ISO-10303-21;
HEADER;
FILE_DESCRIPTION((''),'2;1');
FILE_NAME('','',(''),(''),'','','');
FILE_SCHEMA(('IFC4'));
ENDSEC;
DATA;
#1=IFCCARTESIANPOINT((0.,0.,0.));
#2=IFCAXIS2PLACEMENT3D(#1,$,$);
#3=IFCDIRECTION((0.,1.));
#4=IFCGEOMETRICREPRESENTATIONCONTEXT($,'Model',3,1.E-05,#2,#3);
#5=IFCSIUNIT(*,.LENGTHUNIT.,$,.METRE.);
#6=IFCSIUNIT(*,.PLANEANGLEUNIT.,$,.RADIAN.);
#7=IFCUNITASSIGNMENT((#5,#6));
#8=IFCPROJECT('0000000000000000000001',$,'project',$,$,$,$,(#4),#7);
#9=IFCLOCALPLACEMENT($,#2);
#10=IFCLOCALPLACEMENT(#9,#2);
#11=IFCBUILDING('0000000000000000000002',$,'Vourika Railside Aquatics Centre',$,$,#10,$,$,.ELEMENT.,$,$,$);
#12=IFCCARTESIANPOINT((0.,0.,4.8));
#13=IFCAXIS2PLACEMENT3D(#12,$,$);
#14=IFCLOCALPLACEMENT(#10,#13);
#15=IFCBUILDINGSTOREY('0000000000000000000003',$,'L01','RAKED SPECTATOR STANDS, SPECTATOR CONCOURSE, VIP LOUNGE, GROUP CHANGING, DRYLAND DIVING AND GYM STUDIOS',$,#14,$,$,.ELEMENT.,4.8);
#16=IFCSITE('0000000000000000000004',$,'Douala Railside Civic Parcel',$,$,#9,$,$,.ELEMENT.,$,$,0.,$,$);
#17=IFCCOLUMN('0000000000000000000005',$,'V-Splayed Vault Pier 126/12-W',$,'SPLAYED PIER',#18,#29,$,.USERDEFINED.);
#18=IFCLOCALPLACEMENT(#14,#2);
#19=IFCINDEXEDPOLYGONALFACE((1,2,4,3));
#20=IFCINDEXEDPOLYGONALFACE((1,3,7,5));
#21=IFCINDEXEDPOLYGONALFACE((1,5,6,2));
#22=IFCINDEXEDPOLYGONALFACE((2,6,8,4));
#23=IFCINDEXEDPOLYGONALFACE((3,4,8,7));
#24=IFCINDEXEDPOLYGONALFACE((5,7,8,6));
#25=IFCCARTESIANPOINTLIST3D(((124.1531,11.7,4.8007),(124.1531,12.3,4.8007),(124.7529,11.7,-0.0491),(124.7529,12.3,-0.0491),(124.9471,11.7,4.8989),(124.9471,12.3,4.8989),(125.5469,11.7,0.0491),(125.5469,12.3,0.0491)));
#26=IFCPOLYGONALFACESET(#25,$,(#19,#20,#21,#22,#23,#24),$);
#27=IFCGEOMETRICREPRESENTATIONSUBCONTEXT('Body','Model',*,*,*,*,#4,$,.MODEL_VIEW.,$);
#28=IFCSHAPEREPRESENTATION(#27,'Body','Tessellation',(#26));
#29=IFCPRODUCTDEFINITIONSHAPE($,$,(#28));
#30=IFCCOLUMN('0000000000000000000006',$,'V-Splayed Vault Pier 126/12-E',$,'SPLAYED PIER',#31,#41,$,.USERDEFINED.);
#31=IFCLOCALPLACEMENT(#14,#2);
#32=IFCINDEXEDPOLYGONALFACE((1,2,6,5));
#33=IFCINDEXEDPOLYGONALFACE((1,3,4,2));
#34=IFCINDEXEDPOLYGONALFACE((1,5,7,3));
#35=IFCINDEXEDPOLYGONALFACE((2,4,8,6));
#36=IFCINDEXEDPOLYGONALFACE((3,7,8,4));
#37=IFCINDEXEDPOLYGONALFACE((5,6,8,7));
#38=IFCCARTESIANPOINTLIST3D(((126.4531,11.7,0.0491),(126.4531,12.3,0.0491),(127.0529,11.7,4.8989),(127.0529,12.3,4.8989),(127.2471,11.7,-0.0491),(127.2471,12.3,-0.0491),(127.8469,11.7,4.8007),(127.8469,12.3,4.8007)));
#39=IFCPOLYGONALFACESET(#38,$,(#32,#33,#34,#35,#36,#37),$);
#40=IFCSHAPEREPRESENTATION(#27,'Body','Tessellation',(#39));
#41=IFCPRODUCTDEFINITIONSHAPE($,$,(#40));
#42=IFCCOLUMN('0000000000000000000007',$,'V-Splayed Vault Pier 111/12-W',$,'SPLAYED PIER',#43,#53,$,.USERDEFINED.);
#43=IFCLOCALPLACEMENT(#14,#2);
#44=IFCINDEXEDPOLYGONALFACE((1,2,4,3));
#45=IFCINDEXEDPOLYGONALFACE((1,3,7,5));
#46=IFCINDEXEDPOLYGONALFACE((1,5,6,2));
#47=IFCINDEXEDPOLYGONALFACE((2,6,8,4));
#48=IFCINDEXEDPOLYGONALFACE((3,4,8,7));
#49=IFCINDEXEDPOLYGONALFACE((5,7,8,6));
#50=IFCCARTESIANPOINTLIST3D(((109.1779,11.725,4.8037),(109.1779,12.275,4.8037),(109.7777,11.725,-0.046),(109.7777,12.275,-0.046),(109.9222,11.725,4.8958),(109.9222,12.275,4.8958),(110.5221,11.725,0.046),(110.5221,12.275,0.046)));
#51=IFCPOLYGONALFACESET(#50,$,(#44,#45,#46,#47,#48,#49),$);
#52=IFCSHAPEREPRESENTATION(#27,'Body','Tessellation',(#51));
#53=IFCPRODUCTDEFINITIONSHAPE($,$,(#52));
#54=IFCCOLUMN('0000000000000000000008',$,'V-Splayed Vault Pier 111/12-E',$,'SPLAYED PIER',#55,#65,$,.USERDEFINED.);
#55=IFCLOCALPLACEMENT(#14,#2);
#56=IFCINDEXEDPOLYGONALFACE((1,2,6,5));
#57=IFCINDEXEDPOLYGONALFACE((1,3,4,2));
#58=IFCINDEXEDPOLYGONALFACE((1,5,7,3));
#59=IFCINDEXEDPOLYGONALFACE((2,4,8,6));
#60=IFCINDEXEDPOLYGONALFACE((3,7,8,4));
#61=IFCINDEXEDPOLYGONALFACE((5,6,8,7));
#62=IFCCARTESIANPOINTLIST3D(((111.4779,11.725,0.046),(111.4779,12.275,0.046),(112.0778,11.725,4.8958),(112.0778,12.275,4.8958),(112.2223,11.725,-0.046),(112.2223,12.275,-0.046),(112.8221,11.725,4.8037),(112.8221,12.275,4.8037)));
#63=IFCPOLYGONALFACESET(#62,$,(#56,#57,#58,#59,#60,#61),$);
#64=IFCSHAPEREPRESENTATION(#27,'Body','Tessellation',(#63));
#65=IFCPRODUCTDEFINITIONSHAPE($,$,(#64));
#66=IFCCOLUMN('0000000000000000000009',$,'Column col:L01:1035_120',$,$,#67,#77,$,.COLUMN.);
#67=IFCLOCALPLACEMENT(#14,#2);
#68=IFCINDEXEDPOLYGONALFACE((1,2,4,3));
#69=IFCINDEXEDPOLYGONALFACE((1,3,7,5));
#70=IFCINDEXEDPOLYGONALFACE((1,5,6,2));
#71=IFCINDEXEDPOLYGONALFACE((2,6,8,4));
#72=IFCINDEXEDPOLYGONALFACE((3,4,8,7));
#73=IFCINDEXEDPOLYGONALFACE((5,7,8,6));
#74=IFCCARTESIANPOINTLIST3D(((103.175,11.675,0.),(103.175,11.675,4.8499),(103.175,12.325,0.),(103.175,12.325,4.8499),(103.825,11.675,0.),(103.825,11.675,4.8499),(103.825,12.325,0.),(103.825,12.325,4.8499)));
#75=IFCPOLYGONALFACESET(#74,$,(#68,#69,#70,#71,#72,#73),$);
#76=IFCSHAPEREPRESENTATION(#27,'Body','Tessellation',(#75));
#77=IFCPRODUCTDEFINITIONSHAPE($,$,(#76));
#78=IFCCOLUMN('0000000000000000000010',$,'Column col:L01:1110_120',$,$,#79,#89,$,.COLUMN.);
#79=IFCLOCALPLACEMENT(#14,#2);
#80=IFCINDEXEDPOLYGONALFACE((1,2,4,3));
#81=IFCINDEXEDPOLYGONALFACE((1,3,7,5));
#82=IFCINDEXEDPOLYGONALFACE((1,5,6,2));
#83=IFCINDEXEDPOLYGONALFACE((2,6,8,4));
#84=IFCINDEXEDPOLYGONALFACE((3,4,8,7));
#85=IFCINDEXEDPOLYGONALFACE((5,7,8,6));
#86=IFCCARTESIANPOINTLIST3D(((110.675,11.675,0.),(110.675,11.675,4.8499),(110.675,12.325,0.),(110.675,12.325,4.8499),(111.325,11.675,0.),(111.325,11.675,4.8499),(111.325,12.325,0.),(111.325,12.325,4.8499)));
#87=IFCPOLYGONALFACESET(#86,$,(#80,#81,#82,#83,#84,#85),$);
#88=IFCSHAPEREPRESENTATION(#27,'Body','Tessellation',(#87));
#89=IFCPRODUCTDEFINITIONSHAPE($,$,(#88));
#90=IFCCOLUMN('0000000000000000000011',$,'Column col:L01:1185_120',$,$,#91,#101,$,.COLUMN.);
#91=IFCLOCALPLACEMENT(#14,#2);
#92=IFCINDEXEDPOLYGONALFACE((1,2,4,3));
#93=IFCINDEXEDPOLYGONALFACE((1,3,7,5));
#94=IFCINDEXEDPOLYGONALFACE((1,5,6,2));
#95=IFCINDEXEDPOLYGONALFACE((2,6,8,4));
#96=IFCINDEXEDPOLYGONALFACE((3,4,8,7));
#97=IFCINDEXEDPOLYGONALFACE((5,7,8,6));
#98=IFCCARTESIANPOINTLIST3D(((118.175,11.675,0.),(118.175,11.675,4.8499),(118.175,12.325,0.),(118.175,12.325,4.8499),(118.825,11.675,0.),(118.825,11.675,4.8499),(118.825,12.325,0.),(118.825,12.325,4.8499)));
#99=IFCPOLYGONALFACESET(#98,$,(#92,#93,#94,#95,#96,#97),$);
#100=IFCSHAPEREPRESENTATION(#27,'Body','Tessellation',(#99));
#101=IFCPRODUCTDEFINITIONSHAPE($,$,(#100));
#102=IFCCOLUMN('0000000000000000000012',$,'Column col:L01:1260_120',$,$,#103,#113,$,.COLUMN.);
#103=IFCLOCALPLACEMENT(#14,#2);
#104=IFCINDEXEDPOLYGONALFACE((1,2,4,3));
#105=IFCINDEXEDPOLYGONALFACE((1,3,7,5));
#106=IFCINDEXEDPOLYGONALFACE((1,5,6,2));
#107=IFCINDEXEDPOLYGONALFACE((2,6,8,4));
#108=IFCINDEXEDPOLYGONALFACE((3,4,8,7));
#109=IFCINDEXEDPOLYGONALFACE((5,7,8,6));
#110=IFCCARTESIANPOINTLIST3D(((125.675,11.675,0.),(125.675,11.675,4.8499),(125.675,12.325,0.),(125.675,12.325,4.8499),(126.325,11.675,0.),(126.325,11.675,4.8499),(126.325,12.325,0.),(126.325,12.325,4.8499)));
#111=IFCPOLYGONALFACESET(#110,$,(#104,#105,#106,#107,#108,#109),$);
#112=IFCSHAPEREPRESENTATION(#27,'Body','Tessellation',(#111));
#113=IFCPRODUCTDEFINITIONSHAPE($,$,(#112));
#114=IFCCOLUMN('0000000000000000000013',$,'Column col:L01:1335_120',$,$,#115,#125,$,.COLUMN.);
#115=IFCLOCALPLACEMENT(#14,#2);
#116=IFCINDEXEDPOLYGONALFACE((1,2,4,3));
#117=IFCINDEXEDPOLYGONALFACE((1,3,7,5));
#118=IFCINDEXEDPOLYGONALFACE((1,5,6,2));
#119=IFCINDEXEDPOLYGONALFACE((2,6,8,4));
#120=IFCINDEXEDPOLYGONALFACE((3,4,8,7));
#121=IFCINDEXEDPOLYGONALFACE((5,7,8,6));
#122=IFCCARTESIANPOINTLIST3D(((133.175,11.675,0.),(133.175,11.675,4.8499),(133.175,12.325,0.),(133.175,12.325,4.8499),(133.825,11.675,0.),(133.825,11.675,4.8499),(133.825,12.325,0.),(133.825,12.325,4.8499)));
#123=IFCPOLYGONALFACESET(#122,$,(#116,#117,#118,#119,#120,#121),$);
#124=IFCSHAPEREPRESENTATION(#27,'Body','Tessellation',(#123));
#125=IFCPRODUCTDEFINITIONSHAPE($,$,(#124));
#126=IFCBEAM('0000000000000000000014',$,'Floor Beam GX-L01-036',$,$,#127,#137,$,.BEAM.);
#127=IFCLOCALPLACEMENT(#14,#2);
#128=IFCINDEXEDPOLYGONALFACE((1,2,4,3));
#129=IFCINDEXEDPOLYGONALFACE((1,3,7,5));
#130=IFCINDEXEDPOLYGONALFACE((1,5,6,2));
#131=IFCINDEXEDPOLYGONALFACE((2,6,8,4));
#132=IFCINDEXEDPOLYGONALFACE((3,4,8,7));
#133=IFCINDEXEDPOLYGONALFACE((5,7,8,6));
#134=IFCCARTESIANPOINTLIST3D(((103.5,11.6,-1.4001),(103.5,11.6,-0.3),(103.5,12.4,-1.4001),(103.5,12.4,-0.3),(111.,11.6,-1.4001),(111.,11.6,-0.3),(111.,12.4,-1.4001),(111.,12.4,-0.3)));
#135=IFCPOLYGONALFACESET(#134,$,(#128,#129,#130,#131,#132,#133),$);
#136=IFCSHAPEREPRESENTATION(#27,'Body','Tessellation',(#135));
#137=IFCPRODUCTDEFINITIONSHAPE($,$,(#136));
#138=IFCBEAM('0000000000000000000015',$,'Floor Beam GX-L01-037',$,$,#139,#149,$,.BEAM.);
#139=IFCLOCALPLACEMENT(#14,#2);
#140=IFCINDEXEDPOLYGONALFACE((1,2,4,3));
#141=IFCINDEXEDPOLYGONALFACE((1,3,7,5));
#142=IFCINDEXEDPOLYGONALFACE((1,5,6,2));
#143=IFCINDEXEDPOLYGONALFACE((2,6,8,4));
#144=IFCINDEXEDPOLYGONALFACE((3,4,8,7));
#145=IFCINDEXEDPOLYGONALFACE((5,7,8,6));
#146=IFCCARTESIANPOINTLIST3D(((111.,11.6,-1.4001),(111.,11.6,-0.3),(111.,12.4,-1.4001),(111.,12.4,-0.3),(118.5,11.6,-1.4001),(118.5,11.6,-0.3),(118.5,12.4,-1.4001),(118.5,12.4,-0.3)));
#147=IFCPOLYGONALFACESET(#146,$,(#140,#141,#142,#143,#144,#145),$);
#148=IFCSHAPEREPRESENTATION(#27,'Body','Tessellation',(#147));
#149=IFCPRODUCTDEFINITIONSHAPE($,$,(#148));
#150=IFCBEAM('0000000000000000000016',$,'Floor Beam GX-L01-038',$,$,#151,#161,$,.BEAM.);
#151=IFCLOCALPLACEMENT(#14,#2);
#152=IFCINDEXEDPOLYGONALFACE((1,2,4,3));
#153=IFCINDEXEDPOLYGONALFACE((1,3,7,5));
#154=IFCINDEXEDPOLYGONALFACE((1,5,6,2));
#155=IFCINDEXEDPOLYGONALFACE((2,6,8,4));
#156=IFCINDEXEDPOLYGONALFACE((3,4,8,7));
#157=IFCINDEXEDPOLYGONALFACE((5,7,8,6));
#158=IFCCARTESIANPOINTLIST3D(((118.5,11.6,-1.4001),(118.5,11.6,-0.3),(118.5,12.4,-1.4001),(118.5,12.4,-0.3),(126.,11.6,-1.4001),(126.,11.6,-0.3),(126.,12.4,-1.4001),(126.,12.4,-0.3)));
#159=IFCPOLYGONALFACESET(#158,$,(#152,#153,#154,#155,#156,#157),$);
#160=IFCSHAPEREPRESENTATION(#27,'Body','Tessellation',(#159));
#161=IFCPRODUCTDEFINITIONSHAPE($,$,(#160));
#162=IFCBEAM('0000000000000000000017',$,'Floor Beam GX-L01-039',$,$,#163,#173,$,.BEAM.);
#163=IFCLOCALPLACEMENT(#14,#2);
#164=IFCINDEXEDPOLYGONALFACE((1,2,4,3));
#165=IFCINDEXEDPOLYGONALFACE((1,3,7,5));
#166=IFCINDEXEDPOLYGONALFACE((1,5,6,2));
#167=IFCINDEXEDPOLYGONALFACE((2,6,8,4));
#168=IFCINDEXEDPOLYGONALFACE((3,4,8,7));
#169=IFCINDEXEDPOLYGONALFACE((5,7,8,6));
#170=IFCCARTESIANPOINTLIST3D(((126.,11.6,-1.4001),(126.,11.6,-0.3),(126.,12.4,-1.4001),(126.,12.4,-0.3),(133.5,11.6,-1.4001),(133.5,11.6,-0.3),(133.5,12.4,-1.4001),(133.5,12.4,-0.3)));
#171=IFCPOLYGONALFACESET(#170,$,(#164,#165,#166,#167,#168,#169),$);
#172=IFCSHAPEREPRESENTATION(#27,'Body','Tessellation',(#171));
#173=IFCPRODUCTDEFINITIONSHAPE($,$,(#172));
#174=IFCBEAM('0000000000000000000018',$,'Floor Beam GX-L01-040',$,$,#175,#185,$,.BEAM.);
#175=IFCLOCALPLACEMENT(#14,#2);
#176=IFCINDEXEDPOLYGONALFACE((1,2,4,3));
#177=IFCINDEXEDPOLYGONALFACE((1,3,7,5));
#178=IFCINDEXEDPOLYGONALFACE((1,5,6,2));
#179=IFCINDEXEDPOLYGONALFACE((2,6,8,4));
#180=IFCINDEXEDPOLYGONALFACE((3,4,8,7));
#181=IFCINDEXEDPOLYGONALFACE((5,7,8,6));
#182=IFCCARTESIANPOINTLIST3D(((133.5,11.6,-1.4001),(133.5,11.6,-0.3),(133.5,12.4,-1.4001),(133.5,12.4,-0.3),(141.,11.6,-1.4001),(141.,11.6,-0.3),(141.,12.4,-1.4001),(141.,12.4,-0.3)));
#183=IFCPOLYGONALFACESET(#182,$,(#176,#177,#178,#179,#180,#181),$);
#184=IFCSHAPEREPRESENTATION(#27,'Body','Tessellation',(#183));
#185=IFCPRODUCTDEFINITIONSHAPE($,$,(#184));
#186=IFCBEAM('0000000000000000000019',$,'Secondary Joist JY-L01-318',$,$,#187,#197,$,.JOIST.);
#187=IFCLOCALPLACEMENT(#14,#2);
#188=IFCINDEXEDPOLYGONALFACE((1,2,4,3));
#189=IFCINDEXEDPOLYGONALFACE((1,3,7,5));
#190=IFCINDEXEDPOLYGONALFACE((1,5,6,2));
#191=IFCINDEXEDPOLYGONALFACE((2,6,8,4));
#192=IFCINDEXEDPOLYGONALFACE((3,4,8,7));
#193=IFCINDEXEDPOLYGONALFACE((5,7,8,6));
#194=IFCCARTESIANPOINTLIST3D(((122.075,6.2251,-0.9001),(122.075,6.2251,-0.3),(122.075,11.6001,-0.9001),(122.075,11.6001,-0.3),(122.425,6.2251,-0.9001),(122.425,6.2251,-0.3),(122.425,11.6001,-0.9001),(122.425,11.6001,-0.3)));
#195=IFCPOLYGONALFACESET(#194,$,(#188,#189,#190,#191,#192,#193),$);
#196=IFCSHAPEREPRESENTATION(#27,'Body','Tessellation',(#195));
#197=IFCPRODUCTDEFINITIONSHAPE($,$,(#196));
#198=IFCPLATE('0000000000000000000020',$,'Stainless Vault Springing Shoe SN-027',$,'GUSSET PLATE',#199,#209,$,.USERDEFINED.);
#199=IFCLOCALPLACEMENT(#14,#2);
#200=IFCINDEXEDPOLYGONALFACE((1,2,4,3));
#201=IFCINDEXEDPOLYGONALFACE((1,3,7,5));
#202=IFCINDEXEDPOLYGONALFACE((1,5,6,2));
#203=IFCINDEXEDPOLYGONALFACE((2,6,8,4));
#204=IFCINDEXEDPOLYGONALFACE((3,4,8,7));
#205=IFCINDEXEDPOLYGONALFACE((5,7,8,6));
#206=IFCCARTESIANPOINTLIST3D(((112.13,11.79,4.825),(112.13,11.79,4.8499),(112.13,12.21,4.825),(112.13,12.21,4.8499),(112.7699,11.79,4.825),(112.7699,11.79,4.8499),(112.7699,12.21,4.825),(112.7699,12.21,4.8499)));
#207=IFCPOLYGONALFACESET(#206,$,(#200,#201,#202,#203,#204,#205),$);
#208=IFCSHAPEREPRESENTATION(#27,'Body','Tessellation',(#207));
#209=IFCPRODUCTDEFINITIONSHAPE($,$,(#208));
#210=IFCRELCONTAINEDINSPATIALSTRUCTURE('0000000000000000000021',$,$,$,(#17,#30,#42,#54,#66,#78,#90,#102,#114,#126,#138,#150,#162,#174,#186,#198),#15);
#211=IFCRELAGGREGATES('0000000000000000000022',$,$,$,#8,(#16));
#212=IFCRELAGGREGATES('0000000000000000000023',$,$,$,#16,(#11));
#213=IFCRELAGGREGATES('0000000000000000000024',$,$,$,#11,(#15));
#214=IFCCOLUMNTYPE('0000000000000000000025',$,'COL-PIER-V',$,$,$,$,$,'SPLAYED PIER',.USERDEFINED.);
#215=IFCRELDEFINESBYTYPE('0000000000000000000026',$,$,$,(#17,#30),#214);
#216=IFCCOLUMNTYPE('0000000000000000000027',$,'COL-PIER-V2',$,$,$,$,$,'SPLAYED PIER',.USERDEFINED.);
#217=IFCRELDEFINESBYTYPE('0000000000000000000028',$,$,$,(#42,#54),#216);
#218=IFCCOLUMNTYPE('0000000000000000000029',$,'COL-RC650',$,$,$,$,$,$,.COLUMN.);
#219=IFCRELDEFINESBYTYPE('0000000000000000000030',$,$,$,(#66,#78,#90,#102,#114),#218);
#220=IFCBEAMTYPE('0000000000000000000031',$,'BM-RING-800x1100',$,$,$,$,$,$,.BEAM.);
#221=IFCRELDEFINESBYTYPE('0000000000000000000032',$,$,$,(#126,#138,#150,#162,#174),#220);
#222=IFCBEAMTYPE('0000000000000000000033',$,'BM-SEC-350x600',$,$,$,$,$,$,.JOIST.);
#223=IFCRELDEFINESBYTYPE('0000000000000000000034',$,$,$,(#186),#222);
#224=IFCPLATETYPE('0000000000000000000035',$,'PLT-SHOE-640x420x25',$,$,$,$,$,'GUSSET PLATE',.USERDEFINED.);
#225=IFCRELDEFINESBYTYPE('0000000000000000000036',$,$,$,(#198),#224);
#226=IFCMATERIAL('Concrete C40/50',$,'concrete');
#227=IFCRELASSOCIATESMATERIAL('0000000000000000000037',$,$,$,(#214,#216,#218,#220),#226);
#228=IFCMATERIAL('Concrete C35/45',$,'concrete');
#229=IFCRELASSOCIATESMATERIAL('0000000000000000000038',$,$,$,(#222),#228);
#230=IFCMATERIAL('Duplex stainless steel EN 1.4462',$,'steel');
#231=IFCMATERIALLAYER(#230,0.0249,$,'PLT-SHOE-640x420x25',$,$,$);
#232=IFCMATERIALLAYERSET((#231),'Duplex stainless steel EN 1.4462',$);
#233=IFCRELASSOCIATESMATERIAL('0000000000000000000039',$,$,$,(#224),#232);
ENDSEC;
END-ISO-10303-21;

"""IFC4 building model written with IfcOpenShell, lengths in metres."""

from ifc_helpers import new_model, si_unit, direction, frame, origin, origin_2d, place, context, subcontext, project, spatial, rectangle, extrude, material, layer, layer_set, material_profile, profile_set, type_object, element, save


model = new_model("IFC4")

# Units and contexts
model_context = context("Model", 3, precision=1e-05, world=origin(), true_north=direction((0.0, 1.0)))
body_context = subcontext(model_context, "Body", "Model", "MODEL_VIEW")
ifc_project = project(units=[si_unit("LENGTHUNIT", "METRE"), si_unit("PLANEANGLEUNIT", "RADIAN")], contexts=[model_context])

# Site, building, storey
site_placement = place(None, origin())
site = spatial("IfcSite", under=ifc_project, at=site_placement, Name="Douala Railside Civic Parcel", CompositionType="ELEMENT", RefElevation=0.0)
building_placement = place(site_placement, origin())
building = spatial("IfcBuilding", under=site, at=building_placement, Name="Vourika Railside Aquatics Centre", CompositionType="ELEMENT")
storey_placement = place(building_placement, frame((0.0, 0.0, 4.8)))
storey = spatial("IfcBuildingStorey", under=building, at=storey_placement, Name="L01", Description="RAKED SPECTATOR STANDS, SPECTATOR CONCOURSE, VIP LOUNGE, GROUP CHANGING, DRYLAND DIVING AND GYM STUDIOS", CompositionType="ELEMENT", Elevation=4.8)

# Columns
ifc_material_1 = material(Name="Concrete C40/50", Category="concrete")
ifc_material_profile_1 = material_profile(ifc_material_1, rectangle(XDim=0.6001, YDim=0.8, at=origin_2d()), Name="RC 600x800")
ifc_profile_set_1 = profile_set([ifc_material_profile_1], Name="Concrete C40/50")
column_type_1 = type_object("IfcColumnType", Name="COL-PIER-V", ElementType="SPLAYED PIER", PredefinedType="USERDEFINED", material=ifc_profile_set_1)
for number, where, z_axis, x_axis, name in (
    (1, (125.1499, 12.0, 0.0), (-0.12275, 0.0, 0.992438), (0.0, -1.0, 0.0), "V-Splayed Vault Pier 126/12-W"),
    (2, (126.8501, 12.0, 0.0), (0.12275, 0.0, 0.992438), (0.0, 1.0, 0.0), "V-Splayed Vault Pier 126/12-E"),
):
    element("IfcColumn", number, at=place(storey_placement, frame(where, z_axis=z_axis, x_axis=x_axis)), inside=storey, type_object=column_type_1, Name=name, ObjectType="SPLAYED PIER", PredefinedType="USERDEFINED", context=body_context, shape_type="SweptSolid", body=[
        extrude(rectangle(XDim=0.6001, YDim=0.8, at=origin_2d()), origin(), (0.0, 0.0, 1.0), 4.8867),
    ])
ifc_material_profile_2 = material_profile(ifc_material_1, rectangle(XDim=0.55, YDim=0.75, at=origin_2d()), Name="RC 550x750")
ifc_profile_set_2 = profile_set([ifc_material_profile_2], Name="Concrete C40/50")
column_type_2 = type_object("IfcColumnType", Name="COL-PIER-V2", ElementType="SPLAYED PIER", PredefinedType="USERDEFINED", material=ifc_profile_set_2)
for number, where, z_axis, x_axis, name in (
    (3, (110.1499, 12.0, 0.0), (-0.12275, 0.0, 0.992438), (0.0, -1.0, 0.0), "V-Splayed Vault Pier 111/12-W"),
    (4, (111.8501, 12.0, 0.0), (0.12275, 0.0, 0.992438), (0.0, 1.0, 0.0), "V-Splayed Vault Pier 111/12-E"),
):
    element("IfcColumn", number, at=place(storey_placement, frame(where, z_axis=z_axis, x_axis=x_axis)), inside=storey, type_object=column_type_2, Name=name, ObjectType="SPLAYED PIER", PredefinedType="USERDEFINED", context=body_context, shape_type="SweptSolid", body=[
        extrude(rectangle(XDim=0.55, YDim=0.75, at=origin_2d()), origin(), (0.0, 0.0, 1.0), 4.8867),
    ])
ifc_material_profile_3 = material_profile(ifc_material_1, rectangle(XDim=0.6499, YDim=0.6499, at=origin_2d()), Name="RC 650x650")
ifc_profile_set_3 = profile_set([ifc_material_profile_3], Name="Concrete C40/50")
column_type_3 = type_object("IfcColumnType", Name="COL-RC650", PredefinedType="COLUMN", material=ifc_profile_set_3)
for number, where, z_axis, x_axis, name in (
    (5, (103.5, 12.0, 0.0), (0.0, 0.0, 1.0), (1.0, 0.0, 0.0), "Column col:L01:1035_120"),
    (6, (111.0, 12.0, 0.0), (0.0, 0.0, 1.0), (1.0, 0.0, 0.0), "Column col:L01:1110_120"),
    (7, (118.5, 12.0, 0.0), (0.0, 0.0, 1.0), (1.0, 0.0, 0.0), "Column col:L01:1185_120"),
    (8, (126.0, 12.0, 0.0), (0.0, 0.0, 1.0), (1.0, 0.0, 0.0), "Column col:L01:1260_120"),
    (9, (133.5, 12.0, 0.0), (0.0, 0.0, 1.0), (1.0, 0.0, 0.0), "Column col:L01:1335_120"),
):
    element("IfcColumn", number, at=place(storey_placement, frame(where, z_axis=z_axis, x_axis=x_axis)), inside=storey, type_object=column_type_3, Name=name, PredefinedType="COLUMN", context=body_context, shape_type="SweptSolid", body=[
        extrude(rectangle(XDim=0.6499, YDim=0.6499, at=origin_2d()), origin(), (0.0, 0.0, 1.0), 4.8499),
    ])

# Beams
ifc_material_profile_4 = material_profile(ifc_material_1, rectangle(XDim=0.8, YDim=1.1001, at=origin_2d()), Name="RC 800x1100")
ifc_profile_set_4 = profile_set([ifc_material_profile_4], Name="Concrete C40/50")
beam_type_1 = type_object("IfcBeamType", Name="BM-RING-800x1100", PredefinedType="BEAM", material=ifc_profile_set_4)
for number, where, z_axis, x_axis, name in (
    (10, (103.5, 12.0, -0.8501), (1.0, 0.0, 0.0), (0.0, 1.0, 0.0), "Floor Beam GX-L01-036"),
    (11, (111.0, 12.0, -0.8501), (1.0, 0.0, 0.0), (0.0, 1.0, 0.0), "Floor Beam GX-L01-037"),
    (12, (118.5, 12.0, -0.8501), (1.0, 0.0, 0.0), (0.0, 1.0, 0.0), "Floor Beam GX-L01-038"),
    (13, (126.0, 12.0, -0.8501), (1.0, 0.0, 0.0), (0.0, 1.0, 0.0), "Floor Beam GX-L01-039"),
    (14, (133.5, 12.0, -0.8501), (1.0, 0.0, 0.0), (0.0, 1.0, 0.0), "Floor Beam GX-L01-040"),
):
    element("IfcBeam", number, at=place(storey_placement, frame(where, z_axis=z_axis, x_axis=x_axis)), inside=storey, type_object=beam_type_1, Name=name, PredefinedType="BEAM", context=body_context, shape_type="SweptSolid", body=[
        extrude(rectangle(XDim=0.8, YDim=1.1001, at=origin_2d()), origin(), (0.0, 0.0, 1.0), 7.5),
    ])
ifc_material_2 = material(Name="Concrete C35/45", Category="concrete")
ifc_material_profile_5 = material_profile(ifc_material_2, rectangle(XDim=0.3501, YDim=0.6001, at=origin_2d()), Name="RC 350x600")
ifc_profile_set_5 = profile_set([ifc_material_profile_5], Name="Concrete C35/45")
beam_type_2 = type_object("IfcBeamType", Name="BM-SEC-350x600", PredefinedType="JOIST", material=ifc_profile_set_5)
beam_placement = place(storey_placement, frame((122.25, 6.2251, -0.6001), z_axis=(0.0, 1.0, 0.0), x_axis=(-1.0, 0.0, 0.0)))
element("IfcBeam", 15, at=beam_placement, inside=storey, type_object=beam_type_2, Name="Secondary Joist JY-L01-318", PredefinedType="JOIST", context=body_context, shape_type="SweptSolid", body=[
    extrude(rectangle(XDim=0.3501, YDim=0.6001, at=origin_2d()), origin(), (0.0, 0.0, 1.0), 5.375),
])

# Plate
ifc_material_3 = material(Name="Duplex stainless steel EN 1.4462", Category="steel")
ifc_layer_1 = layer(ifc_material_3, 0.0249, Name="PLT-SHOE-640x420x25")
ifc_layer_set_1 = layer_set([ifc_layer_1], Name="Duplex stainless steel EN 1.4462")
plate_type_1 = type_object("IfcPlateType", Name="PLT-SHOE-640x420x25", ElementType="GUSSET PLATE", PredefinedType="USERDEFINED", material=ifc_layer_set_1)
for number, where, z_axis, x_axis, name in (
    (16, (112.45, 12.0, 4.825), (0.0, 0.0, 1.0), (1.0, 0.0, 0.0), "Stainless Vault Springing Shoe SN-027"),
):
    element("IfcPlate", number, at=place(storey_placement, frame(where, z_axis=z_axis, x_axis=x_axis)), inside=storey, type_object=plate_type_1, Name=name, ObjectType="GUSSET PLATE", PredefinedType="USERDEFINED", context=body_context, shape_type="SweptSolid", body=[
        extrude(rectangle(XDim=0.6399, YDim=0.4199, at=origin_2d()), origin(), (0.0, 0.0, 1.0), 0.0249),
    ])

save(model, "model.ifc")
